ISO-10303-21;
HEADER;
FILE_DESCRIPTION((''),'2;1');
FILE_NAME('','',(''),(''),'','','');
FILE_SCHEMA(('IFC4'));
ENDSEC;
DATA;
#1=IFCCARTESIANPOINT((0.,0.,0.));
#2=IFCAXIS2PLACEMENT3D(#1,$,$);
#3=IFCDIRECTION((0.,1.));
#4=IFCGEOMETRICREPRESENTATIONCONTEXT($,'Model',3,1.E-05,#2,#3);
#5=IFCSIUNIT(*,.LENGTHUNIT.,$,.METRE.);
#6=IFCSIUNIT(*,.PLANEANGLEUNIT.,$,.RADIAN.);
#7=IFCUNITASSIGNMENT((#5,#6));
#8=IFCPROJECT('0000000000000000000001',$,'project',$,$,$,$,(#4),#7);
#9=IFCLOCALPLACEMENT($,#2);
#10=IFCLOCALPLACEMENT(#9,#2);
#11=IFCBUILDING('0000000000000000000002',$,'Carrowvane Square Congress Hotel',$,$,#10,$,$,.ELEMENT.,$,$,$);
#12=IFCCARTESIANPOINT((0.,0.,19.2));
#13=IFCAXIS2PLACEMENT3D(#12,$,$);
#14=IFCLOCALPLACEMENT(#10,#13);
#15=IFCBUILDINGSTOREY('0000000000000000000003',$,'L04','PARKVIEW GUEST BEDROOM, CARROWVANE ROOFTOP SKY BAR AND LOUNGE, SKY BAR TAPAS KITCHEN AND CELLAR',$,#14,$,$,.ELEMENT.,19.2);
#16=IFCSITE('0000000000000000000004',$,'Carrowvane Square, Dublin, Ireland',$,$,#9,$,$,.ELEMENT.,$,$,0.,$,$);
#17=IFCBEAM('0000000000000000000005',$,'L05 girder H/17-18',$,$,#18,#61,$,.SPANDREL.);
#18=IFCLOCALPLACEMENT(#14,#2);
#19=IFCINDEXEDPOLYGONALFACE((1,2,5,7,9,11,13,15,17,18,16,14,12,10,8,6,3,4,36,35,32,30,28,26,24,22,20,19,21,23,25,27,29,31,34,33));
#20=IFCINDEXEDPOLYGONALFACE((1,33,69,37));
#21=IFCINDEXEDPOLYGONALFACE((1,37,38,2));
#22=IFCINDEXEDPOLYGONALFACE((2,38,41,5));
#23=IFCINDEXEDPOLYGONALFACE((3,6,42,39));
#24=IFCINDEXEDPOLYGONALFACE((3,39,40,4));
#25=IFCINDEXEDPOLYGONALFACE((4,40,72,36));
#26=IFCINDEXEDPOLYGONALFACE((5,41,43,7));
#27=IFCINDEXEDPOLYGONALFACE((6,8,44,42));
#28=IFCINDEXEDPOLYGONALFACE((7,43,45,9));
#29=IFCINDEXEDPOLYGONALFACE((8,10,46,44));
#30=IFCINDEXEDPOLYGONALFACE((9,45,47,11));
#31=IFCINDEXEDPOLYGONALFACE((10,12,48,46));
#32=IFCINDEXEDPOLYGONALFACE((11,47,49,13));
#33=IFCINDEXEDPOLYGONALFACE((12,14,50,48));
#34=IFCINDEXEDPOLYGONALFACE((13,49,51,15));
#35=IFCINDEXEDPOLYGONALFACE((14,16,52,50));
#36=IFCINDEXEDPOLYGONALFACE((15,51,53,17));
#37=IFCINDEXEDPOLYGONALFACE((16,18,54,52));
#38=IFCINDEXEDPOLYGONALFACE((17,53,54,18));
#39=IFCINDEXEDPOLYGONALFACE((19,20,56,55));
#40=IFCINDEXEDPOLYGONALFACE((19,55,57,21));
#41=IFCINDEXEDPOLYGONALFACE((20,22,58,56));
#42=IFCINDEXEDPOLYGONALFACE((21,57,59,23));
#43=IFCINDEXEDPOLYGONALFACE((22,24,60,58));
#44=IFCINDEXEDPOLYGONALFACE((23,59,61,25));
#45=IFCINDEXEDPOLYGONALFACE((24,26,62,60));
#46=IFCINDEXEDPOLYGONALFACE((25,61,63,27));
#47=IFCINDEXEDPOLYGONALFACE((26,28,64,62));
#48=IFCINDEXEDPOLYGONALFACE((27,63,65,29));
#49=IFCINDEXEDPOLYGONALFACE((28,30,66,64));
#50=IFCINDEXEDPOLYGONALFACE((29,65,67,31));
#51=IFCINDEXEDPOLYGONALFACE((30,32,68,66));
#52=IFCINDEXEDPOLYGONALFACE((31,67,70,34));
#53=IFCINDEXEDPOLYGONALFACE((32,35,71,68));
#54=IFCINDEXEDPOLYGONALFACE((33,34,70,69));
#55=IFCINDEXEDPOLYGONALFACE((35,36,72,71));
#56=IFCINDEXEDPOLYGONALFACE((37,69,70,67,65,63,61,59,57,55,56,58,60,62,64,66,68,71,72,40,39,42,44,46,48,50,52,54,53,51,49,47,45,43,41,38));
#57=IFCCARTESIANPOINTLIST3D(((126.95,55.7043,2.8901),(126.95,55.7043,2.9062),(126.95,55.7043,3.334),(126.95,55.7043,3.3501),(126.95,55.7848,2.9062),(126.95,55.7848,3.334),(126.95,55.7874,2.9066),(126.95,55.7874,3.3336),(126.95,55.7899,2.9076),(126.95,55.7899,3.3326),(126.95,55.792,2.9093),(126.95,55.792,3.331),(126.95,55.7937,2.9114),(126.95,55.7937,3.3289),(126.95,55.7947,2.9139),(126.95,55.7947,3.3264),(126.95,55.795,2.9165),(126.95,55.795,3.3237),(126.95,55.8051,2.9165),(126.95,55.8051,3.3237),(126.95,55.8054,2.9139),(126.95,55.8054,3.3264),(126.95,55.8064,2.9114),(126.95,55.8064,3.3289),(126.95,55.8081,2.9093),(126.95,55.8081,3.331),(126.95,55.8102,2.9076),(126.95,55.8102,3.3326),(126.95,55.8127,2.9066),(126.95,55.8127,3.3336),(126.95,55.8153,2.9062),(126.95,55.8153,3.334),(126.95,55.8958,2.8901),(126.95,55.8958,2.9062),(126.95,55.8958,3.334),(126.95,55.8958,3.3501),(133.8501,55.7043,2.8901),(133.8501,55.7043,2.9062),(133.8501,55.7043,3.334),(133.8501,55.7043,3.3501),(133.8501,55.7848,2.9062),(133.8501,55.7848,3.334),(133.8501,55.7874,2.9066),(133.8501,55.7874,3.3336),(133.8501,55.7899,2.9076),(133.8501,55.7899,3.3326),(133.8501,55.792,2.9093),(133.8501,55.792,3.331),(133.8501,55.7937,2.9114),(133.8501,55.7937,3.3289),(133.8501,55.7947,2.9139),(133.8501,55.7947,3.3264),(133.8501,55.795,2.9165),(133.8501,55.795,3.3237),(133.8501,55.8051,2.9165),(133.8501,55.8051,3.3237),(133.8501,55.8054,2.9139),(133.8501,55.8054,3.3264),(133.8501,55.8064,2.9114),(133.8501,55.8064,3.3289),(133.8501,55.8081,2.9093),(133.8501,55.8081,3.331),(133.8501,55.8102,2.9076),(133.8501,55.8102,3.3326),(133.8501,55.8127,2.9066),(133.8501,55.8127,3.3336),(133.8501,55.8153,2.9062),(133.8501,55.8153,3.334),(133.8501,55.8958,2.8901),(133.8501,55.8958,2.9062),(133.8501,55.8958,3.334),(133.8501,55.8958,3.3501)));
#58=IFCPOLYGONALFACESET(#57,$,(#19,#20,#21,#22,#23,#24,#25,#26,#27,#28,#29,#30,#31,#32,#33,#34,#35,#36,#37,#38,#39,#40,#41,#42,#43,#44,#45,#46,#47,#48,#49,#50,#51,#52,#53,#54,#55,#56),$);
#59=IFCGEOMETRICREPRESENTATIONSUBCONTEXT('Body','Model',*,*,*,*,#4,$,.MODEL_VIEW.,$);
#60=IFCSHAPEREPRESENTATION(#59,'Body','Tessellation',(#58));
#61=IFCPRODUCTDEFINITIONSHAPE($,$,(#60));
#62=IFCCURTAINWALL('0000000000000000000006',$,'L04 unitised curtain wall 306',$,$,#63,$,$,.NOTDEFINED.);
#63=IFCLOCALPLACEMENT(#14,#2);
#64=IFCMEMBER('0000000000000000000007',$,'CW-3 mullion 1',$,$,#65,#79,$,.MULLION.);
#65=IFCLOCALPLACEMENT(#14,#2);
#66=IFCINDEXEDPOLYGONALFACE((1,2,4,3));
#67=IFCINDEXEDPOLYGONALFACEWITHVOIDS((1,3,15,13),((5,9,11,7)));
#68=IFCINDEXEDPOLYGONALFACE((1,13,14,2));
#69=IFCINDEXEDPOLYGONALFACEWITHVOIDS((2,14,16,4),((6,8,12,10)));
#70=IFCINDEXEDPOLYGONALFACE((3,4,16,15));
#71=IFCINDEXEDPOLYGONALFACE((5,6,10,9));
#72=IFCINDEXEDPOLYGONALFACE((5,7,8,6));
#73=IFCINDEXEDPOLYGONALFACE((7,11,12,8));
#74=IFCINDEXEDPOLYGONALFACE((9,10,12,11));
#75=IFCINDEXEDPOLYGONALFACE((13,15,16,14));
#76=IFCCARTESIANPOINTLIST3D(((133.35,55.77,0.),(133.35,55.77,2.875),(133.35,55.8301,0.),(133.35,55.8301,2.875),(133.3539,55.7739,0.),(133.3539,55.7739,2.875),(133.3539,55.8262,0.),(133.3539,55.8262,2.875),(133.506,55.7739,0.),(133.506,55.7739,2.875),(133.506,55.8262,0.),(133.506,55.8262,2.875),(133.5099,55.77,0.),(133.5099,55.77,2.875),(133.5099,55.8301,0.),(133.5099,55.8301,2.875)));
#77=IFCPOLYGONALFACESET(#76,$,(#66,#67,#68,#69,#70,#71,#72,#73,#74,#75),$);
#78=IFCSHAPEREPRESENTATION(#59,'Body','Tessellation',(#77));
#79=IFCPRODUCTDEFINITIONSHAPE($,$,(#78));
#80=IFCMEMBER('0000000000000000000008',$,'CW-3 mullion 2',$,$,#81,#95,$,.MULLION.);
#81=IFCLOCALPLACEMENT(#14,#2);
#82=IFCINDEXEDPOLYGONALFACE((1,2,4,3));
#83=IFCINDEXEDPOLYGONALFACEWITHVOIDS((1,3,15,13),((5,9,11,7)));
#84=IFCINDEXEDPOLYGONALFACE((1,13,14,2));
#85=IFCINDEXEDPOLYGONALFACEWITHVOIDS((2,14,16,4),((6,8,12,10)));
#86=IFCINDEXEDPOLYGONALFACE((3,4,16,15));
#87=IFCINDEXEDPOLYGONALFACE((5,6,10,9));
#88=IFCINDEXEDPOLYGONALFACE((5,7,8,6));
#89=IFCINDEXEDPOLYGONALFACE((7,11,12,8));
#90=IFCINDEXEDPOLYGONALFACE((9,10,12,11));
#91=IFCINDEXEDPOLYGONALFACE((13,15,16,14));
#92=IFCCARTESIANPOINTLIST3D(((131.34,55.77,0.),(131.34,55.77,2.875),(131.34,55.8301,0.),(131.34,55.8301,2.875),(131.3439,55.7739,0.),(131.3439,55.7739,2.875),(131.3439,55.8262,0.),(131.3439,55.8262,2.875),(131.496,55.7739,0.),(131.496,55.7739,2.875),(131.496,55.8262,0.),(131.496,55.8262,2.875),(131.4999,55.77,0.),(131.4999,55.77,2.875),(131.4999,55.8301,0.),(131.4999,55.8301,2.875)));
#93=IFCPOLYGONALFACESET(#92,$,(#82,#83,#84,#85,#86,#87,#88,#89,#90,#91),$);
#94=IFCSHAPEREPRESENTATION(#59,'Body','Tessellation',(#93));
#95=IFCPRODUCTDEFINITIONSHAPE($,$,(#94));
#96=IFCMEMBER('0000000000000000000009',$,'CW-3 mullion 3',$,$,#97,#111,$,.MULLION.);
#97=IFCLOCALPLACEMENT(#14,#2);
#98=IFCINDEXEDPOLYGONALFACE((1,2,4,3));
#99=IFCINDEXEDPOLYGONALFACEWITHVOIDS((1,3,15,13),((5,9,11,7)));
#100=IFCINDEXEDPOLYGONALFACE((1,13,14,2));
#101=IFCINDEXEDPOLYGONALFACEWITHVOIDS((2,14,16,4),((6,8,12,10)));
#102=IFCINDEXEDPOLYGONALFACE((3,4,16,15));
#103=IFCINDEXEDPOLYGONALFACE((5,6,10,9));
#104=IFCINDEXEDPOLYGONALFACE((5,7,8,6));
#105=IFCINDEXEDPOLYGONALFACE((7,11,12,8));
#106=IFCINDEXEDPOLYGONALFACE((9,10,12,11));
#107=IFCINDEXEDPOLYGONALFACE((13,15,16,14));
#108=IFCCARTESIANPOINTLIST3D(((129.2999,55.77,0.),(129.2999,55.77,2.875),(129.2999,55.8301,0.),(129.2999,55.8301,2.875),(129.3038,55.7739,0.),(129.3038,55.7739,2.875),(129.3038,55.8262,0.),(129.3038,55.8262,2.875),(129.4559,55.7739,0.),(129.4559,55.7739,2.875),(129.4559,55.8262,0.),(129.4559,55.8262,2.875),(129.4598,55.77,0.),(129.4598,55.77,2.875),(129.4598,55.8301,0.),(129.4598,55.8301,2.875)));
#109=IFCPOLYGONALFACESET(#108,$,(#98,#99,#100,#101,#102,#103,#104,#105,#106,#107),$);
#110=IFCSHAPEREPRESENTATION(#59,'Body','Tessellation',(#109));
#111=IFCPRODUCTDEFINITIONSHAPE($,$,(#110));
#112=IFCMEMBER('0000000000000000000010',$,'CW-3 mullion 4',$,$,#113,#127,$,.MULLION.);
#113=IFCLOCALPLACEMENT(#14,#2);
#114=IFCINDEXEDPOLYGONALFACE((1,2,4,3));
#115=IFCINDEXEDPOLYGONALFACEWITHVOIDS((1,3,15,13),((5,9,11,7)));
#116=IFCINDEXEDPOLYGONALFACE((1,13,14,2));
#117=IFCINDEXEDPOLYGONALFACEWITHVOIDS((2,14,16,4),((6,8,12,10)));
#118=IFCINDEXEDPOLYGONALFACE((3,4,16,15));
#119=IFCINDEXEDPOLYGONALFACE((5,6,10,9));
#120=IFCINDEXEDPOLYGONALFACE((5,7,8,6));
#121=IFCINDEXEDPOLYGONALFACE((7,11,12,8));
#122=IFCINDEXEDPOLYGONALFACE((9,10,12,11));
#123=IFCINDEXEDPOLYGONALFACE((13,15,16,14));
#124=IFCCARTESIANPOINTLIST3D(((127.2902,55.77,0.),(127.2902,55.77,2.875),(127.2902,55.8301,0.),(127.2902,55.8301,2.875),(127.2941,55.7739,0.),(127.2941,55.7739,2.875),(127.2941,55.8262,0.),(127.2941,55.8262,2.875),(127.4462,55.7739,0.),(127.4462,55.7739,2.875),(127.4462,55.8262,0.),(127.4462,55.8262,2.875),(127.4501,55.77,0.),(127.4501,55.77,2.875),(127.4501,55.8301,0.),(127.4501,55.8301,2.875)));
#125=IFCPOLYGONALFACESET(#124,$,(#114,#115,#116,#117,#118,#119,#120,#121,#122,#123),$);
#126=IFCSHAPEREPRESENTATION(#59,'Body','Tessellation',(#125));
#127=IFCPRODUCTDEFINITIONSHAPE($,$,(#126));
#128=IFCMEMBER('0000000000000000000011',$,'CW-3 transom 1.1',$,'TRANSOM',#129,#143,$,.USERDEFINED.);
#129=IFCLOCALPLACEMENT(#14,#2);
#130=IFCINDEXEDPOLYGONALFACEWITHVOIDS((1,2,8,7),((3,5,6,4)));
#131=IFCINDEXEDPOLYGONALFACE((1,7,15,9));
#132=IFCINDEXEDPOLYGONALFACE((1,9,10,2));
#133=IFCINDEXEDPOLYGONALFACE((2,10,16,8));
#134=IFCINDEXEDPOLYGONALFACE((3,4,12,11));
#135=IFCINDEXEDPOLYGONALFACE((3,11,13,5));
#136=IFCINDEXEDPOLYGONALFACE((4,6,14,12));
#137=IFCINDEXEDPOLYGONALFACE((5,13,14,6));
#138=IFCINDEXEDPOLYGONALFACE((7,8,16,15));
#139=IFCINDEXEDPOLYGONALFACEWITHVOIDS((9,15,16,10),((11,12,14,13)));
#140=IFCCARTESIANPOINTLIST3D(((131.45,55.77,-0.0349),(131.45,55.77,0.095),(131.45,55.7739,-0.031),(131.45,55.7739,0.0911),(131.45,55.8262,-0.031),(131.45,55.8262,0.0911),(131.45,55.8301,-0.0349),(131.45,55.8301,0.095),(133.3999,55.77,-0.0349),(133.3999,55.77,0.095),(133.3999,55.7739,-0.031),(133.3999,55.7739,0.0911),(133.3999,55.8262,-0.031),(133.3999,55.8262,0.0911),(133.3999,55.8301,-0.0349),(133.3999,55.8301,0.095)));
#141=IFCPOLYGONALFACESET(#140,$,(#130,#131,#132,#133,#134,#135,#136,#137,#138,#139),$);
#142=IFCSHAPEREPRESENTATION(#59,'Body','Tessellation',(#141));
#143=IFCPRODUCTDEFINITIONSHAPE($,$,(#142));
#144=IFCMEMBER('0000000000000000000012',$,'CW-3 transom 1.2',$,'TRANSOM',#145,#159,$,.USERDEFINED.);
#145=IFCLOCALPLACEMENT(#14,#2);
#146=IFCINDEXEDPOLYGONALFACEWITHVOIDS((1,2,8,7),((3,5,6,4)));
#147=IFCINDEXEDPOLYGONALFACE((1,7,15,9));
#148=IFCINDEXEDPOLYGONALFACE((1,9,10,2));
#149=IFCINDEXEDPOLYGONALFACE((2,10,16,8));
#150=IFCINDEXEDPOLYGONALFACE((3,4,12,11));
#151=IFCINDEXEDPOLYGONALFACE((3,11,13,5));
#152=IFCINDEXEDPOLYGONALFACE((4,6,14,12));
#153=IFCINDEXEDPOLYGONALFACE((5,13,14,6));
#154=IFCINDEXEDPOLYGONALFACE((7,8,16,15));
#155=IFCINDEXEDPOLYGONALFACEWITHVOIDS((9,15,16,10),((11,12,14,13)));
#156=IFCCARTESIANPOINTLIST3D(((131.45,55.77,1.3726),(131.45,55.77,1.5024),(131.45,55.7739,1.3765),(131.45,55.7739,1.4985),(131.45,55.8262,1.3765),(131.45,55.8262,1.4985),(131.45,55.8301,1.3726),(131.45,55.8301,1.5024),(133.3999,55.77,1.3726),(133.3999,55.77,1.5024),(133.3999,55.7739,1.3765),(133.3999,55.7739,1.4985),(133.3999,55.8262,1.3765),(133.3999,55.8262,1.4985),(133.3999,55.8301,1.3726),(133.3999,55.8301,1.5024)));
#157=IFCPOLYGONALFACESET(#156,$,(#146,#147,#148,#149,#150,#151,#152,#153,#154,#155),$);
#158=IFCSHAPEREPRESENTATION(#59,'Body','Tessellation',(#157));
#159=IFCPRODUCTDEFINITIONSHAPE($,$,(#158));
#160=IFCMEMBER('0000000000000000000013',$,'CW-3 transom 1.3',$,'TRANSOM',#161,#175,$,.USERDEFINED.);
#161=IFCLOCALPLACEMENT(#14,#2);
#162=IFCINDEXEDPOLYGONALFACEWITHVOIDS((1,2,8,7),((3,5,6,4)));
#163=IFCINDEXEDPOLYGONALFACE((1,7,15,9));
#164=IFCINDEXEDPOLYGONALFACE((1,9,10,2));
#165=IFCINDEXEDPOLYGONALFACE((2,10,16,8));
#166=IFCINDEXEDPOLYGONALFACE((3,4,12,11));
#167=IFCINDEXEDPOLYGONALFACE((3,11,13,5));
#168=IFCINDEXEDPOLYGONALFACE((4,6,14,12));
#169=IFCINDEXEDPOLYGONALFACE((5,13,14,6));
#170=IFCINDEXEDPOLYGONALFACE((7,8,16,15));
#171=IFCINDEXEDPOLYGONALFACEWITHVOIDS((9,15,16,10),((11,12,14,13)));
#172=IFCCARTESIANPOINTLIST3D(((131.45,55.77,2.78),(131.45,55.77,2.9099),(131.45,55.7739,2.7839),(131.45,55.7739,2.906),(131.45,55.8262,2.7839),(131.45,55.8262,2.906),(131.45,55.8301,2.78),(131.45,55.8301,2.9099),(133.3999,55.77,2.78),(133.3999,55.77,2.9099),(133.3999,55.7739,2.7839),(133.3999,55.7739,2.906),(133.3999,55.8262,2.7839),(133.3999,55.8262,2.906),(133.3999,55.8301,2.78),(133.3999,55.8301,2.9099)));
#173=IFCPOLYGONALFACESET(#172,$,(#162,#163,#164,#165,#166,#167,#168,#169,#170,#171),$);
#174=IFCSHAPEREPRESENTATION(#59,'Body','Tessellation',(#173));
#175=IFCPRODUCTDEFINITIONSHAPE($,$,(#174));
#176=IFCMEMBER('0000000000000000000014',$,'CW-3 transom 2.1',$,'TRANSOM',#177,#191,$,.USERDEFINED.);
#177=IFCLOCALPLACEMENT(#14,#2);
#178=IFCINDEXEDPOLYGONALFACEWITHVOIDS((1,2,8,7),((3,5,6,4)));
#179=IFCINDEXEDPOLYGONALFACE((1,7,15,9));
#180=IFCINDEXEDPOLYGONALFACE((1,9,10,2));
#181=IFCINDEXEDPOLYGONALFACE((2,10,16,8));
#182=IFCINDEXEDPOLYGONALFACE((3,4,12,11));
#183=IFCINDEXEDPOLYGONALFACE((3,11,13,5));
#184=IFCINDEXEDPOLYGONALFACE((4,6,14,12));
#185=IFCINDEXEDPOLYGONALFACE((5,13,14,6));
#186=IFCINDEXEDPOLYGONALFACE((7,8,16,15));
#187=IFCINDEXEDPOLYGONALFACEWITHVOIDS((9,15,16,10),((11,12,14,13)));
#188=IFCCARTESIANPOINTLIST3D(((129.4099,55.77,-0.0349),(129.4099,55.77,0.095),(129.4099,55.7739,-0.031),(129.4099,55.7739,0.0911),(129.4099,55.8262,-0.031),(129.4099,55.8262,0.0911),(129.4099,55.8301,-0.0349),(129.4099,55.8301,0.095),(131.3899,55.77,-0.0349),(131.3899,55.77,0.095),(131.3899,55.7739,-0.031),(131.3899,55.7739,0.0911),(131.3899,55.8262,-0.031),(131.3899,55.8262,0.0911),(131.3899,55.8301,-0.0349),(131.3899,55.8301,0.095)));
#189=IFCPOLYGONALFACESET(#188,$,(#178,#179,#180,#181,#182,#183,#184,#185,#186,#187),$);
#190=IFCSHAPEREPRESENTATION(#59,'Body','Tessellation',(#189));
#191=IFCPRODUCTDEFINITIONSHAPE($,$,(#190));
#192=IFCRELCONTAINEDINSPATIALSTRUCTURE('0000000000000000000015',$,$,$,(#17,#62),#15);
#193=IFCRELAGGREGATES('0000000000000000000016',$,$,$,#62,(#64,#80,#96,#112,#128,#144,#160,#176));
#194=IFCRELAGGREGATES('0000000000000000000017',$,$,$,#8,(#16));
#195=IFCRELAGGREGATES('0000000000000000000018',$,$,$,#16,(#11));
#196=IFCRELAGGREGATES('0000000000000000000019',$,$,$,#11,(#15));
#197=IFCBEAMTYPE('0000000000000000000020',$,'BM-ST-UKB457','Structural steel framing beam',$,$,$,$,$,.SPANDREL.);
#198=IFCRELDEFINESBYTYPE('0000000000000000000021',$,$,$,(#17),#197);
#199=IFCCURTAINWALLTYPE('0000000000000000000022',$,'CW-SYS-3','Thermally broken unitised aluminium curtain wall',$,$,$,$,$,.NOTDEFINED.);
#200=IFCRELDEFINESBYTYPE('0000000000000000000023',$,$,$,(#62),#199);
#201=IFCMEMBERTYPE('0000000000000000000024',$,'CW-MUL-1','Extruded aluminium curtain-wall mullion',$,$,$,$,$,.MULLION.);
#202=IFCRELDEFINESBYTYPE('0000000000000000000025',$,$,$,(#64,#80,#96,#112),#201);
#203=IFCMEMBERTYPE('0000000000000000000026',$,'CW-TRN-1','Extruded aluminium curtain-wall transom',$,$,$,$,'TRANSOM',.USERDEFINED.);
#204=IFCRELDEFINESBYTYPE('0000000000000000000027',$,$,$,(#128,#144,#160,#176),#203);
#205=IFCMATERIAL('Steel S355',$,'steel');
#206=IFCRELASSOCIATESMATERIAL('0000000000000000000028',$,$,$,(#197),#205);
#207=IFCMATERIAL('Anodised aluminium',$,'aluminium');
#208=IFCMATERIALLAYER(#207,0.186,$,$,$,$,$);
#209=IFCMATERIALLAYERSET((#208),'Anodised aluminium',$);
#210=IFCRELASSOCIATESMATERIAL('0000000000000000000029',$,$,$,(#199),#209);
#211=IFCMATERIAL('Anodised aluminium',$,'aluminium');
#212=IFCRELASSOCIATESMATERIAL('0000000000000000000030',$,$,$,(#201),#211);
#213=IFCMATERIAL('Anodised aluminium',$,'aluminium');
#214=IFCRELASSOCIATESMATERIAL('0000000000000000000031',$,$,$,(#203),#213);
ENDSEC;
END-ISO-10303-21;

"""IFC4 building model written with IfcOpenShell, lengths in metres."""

from ifc_helpers import new_model, si_unit, direction, frame, origin, origin_2d, place, context, subcontext, project, spatial, hollow_rectangle, i_section, extrude, material, layer, layer_set, material_profile, profile_set, type_object, element, aggregate, save


model = new_model("IFC4")

# Units and contexts
model_context = context("Model", 3, precision=1e-05, world=origin(), true_north=direction((0.0, 1.0)))
body_context = subcontext(model_context, "Body", "Model", "MODEL_VIEW")
ifc_project = project(units=[si_unit("LENGTHUNIT", "METRE"), si_unit("PLANEANGLEUNIT", "RADIAN")], contexts=[model_context])

# Site, building, storey
site_placement = place(None, origin())
site = spatial("IfcSite", under=ifc_project, at=site_placement, Name="Carrowvane Square, Dublin, Ireland", CompositionType="ELEMENT", RefElevation=0.0)
building_placement = place(site_placement, origin())
building = spatial("IfcBuilding", under=site, at=building_placement, Name="Carrowvane Square Congress Hotel", CompositionType="ELEMENT")
storey_placement = place(building_placement, frame((0.0, 0.0, 19.2)))
storey = spatial("IfcBuildingStorey", under=building, at=storey_placement, Name="L04", Description="PARKVIEW GUEST BEDROOM, CARROWVANE ROOFTOP SKY BAR AND LOUNGE, SKY BAR TAPAS KITCHEN AND CELLAR", CompositionType="ELEMENT", Elevation=19.2)

# Beam
ifc_material_1 = material(Name="Steel S355", Category="steel")
ifc_material_profile_1 = material_profile(ifc_material_1, i_section(OverallWidth=0.1914, OverallDepth=0.46, WebThickness=0.01, FlangeThickness=0.0161, FilletRadius=0.0103, at=origin_2d()), Name="UKB 457x191x82")
ifc_profile_set_1 = profile_set([ifc_material_profile_1], Name="Steel S355")
beam_type_1 = type_object("IfcBeamType", Name="BM-ST-UKB457", Description="Structural steel framing beam", PredefinedType="SPANDREL", material=ifc_profile_set_1)
beam_1_placement = place(storey_placement, frame((126.95, 55.8, 3.1201), z_axis=(1.0, 0.0, 0.0), x_axis=(0.0, 1.0, 0.0)))
element("IfcBeam", 1, at=beam_1_placement, inside=storey, type_object=beam_type_1, Name="L05 girder H/17-18", PredefinedType="SPANDREL", context=body_context, shape_type="SweptSolid", body=[
    extrude(i_section(OverallWidth=0.1914, OverallDepth=0.46, WebThickness=0.01, FlangeThickness=0.0161, FilletRadius=0.0103, at=origin_2d()), origin(), (0.0, 0.0, 1.0), 6.9001),
])

# Curtain wall, members
ifc_material_2 = material(Name="Anodised aluminium", Category="aluminium")
ifc_layer_1 = layer(ifc_material_2, 0.186)
ifc_layer_set_1 = layer_set([ifc_layer_1], Name="Anodised aluminium")
curtain_wall_type = type_object("IfcCurtainWallType", Name="CW-SYS-3", Description="Thermally broken unitised aluminium curtain wall", PredefinedType="NOTDEFINED", material=ifc_layer_set_1)
curtain_wall_placement = place(storey_placement, origin())
curtain_wall = element("IfcCurtainWall", 2, at=curtain_wall_placement, inside=storey, type_object=curtain_wall_type, Name="L04 unitised curtain wall 306", PredefinedType="NOTDEFINED")
ifc_material_3 = material(Name="Anodised aluminium", Category="aluminium")
ifc_material_profile_2 = material_profile(ifc_material_3, hollow_rectangle(XDim=0.0601, YDim=0.1599, WallThickness=0.0039, at=origin_2d()), Name="CW-ML 60x160x4")
ifc_profile_set_2 = profile_set([ifc_material_profile_2], Name="Anodised aluminium")
member_type_1 = type_object("IfcMemberType", Name="CW-MUL-1", Description="Extruded aluminium curtain-wall mullion", PredefinedType="MULLION", material=ifc_profile_set_2)
member_1_placement = place(storey_placement, frame((133.4299, 55.8, 0.0), z_axis=(0.0, 0.0, 1.0), x_axis=(0.0, -1.0, 0.0)))
member_1 = element("IfcMember", 3, at=member_1_placement, type_object=member_type_1, Name="CW-3 mullion 1", PredefinedType="MULLION", context=body_context, shape_type="SweptSolid", body=[
    extrude(hollow_rectangle(XDim=0.0601, YDim=0.1599, WallThickness=0.0039, at=origin_2d()), origin(), (0.0, 0.0, 1.0), 2.875),
])
member_2_placement = place(storey_placement, frame((131.4199, 55.8, 0.0), z_axis=(0.0, 0.0, 1.0), x_axis=(0.0, -1.0, 0.0)))
member_2 = element("IfcMember", 4, at=member_2_placement, type_object=member_type_1, Name="CW-3 mullion 2", PredefinedType="MULLION", context=body_context, shape_type="SweptSolid", body=[
    extrude(hollow_rectangle(XDim=0.0601, YDim=0.1599, WallThickness=0.0039, at=origin_2d()), origin(), (0.0, 0.0, 1.0), 2.875),
])
member_3_placement = place(storey_placement, frame((129.3799, 55.8, 0.0), z_axis=(0.0, 0.0, 1.0), x_axis=(0.0, -1.0, 0.0)))
member_3 = element("IfcMember", 5, at=member_3_placement, type_object=member_type_1, Name="CW-3 mullion 3", PredefinedType="MULLION", context=body_context, shape_type="SweptSolid", body=[
    extrude(hollow_rectangle(XDim=0.0601, YDim=0.1599, WallThickness=0.0039, at=origin_2d()), origin(), (0.0, 0.0, 1.0), 2.875),
])
member_4_placement = place(storey_placement, frame((127.3701, 55.8, 0.0), z_axis=(0.0, 0.0, 1.0), x_axis=(0.0, -1.0, 0.0)))
member_4 = element("IfcMember", 6, at=member_4_placement, type_object=member_type_1, Name="CW-3 mullion 4", PredefinedType="MULLION", context=body_context, shape_type="SweptSolid", body=[
    extrude(hollow_rectangle(XDim=0.0601, YDim=0.1599, WallThickness=0.0039, at=origin_2d()), origin(), (0.0, 0.0, 1.0), 2.875),
])
ifc_material_4 = material(Name="Anodised aluminium", Category="aluminium")
ifc_material_profile_3 = material_profile(ifc_material_4, hollow_rectangle(XDim=0.0601, YDim=0.1299, WallThickness=0.0039, at=origin_2d()), Name="CW-TR 60x130x4")
ifc_profile_set_3 = profile_set([ifc_material_profile_3], Name="Anodised aluminium")
member_type_2 = type_object("IfcMemberType", Name="CW-TRN-1", Description="Extruded aluminium curtain-wall transom", ElementType="TRANSOM", PredefinedType="USERDEFINED", material=ifc_profile_set_3)
member_5_placement = place(storey_placement, frame((133.3999, 55.8, 0.03), z_axis=(-1.0, 0.0, 0.0), x_axis=(0.0, -1.0, 0.0)))
member_5 = element("IfcMember", 7, at=member_5_placement, type_object=member_type_2, Name="CW-3 transom 1.1", ObjectType="TRANSOM", PredefinedType="USERDEFINED", context=body_context, shape_type="SweptSolid", body=[
    extrude(hollow_rectangle(XDim=0.0601, YDim=0.1299, WallThickness=0.0039, at=origin_2d()), origin(), (0.0, 0.0, 1.0), 1.95),
])
member_6_placement = place(storey_placement, frame((133.3999, 55.8, 1.4375), z_axis=(-1.0, 0.0, 0.0), x_axis=(0.0, -1.0, 0.0)))
member_6 = element("IfcMember", 8, at=member_6_placement, type_object=member_type_2, Name="CW-3 transom 1.2", ObjectType="TRANSOM", PredefinedType="USERDEFINED", context=body_context, shape_type="SweptSolid", body=[
    extrude(hollow_rectangle(XDim=0.0601, YDim=0.1299, WallThickness=0.0039, at=origin_2d()), origin(), (0.0, 0.0, 1.0), 1.95),
])
member_7_placement = place(storey_placement, frame((133.3999, 55.8, 2.845), z_axis=(-1.0, 0.0, 0.0), x_axis=(0.0, -1.0, 0.0)))
member_7 = element("IfcMember", 9, at=member_7_placement, type_object=member_type_2, Name="CW-3 transom 1.3", ObjectType="TRANSOM", PredefinedType="USERDEFINED", context=body_context, shape_type="SweptSolid", body=[
    extrude(hollow_rectangle(XDim=0.0601, YDim=0.1299, WallThickness=0.0039, at=origin_2d()), origin(), (0.0, 0.0, 1.0), 1.95),
])
member_8_placement = place(storey_placement, frame((131.3899, 55.8, 0.03), z_axis=(-1.0, 0.0, 0.0), x_axis=(0.0, -1.0, 0.0)))
member_8 = element("IfcMember", 10, at=member_8_placement, type_object=member_type_2, Name="CW-3 transom 2.1", ObjectType="TRANSOM", PredefinedType="USERDEFINED", context=body_context, shape_type="SweptSolid", body=[
    extrude(hollow_rectangle(XDim=0.0601, YDim=0.1299, WallThickness=0.0039, at=origin_2d()), origin(), (0.0, 0.0, 1.0), 1.98),
])
aggregate(curtain_wall, [member_1, member_2, member_3, member_4, member_5, member_6, member_7, member_8])

save(model, "model.ifc")
